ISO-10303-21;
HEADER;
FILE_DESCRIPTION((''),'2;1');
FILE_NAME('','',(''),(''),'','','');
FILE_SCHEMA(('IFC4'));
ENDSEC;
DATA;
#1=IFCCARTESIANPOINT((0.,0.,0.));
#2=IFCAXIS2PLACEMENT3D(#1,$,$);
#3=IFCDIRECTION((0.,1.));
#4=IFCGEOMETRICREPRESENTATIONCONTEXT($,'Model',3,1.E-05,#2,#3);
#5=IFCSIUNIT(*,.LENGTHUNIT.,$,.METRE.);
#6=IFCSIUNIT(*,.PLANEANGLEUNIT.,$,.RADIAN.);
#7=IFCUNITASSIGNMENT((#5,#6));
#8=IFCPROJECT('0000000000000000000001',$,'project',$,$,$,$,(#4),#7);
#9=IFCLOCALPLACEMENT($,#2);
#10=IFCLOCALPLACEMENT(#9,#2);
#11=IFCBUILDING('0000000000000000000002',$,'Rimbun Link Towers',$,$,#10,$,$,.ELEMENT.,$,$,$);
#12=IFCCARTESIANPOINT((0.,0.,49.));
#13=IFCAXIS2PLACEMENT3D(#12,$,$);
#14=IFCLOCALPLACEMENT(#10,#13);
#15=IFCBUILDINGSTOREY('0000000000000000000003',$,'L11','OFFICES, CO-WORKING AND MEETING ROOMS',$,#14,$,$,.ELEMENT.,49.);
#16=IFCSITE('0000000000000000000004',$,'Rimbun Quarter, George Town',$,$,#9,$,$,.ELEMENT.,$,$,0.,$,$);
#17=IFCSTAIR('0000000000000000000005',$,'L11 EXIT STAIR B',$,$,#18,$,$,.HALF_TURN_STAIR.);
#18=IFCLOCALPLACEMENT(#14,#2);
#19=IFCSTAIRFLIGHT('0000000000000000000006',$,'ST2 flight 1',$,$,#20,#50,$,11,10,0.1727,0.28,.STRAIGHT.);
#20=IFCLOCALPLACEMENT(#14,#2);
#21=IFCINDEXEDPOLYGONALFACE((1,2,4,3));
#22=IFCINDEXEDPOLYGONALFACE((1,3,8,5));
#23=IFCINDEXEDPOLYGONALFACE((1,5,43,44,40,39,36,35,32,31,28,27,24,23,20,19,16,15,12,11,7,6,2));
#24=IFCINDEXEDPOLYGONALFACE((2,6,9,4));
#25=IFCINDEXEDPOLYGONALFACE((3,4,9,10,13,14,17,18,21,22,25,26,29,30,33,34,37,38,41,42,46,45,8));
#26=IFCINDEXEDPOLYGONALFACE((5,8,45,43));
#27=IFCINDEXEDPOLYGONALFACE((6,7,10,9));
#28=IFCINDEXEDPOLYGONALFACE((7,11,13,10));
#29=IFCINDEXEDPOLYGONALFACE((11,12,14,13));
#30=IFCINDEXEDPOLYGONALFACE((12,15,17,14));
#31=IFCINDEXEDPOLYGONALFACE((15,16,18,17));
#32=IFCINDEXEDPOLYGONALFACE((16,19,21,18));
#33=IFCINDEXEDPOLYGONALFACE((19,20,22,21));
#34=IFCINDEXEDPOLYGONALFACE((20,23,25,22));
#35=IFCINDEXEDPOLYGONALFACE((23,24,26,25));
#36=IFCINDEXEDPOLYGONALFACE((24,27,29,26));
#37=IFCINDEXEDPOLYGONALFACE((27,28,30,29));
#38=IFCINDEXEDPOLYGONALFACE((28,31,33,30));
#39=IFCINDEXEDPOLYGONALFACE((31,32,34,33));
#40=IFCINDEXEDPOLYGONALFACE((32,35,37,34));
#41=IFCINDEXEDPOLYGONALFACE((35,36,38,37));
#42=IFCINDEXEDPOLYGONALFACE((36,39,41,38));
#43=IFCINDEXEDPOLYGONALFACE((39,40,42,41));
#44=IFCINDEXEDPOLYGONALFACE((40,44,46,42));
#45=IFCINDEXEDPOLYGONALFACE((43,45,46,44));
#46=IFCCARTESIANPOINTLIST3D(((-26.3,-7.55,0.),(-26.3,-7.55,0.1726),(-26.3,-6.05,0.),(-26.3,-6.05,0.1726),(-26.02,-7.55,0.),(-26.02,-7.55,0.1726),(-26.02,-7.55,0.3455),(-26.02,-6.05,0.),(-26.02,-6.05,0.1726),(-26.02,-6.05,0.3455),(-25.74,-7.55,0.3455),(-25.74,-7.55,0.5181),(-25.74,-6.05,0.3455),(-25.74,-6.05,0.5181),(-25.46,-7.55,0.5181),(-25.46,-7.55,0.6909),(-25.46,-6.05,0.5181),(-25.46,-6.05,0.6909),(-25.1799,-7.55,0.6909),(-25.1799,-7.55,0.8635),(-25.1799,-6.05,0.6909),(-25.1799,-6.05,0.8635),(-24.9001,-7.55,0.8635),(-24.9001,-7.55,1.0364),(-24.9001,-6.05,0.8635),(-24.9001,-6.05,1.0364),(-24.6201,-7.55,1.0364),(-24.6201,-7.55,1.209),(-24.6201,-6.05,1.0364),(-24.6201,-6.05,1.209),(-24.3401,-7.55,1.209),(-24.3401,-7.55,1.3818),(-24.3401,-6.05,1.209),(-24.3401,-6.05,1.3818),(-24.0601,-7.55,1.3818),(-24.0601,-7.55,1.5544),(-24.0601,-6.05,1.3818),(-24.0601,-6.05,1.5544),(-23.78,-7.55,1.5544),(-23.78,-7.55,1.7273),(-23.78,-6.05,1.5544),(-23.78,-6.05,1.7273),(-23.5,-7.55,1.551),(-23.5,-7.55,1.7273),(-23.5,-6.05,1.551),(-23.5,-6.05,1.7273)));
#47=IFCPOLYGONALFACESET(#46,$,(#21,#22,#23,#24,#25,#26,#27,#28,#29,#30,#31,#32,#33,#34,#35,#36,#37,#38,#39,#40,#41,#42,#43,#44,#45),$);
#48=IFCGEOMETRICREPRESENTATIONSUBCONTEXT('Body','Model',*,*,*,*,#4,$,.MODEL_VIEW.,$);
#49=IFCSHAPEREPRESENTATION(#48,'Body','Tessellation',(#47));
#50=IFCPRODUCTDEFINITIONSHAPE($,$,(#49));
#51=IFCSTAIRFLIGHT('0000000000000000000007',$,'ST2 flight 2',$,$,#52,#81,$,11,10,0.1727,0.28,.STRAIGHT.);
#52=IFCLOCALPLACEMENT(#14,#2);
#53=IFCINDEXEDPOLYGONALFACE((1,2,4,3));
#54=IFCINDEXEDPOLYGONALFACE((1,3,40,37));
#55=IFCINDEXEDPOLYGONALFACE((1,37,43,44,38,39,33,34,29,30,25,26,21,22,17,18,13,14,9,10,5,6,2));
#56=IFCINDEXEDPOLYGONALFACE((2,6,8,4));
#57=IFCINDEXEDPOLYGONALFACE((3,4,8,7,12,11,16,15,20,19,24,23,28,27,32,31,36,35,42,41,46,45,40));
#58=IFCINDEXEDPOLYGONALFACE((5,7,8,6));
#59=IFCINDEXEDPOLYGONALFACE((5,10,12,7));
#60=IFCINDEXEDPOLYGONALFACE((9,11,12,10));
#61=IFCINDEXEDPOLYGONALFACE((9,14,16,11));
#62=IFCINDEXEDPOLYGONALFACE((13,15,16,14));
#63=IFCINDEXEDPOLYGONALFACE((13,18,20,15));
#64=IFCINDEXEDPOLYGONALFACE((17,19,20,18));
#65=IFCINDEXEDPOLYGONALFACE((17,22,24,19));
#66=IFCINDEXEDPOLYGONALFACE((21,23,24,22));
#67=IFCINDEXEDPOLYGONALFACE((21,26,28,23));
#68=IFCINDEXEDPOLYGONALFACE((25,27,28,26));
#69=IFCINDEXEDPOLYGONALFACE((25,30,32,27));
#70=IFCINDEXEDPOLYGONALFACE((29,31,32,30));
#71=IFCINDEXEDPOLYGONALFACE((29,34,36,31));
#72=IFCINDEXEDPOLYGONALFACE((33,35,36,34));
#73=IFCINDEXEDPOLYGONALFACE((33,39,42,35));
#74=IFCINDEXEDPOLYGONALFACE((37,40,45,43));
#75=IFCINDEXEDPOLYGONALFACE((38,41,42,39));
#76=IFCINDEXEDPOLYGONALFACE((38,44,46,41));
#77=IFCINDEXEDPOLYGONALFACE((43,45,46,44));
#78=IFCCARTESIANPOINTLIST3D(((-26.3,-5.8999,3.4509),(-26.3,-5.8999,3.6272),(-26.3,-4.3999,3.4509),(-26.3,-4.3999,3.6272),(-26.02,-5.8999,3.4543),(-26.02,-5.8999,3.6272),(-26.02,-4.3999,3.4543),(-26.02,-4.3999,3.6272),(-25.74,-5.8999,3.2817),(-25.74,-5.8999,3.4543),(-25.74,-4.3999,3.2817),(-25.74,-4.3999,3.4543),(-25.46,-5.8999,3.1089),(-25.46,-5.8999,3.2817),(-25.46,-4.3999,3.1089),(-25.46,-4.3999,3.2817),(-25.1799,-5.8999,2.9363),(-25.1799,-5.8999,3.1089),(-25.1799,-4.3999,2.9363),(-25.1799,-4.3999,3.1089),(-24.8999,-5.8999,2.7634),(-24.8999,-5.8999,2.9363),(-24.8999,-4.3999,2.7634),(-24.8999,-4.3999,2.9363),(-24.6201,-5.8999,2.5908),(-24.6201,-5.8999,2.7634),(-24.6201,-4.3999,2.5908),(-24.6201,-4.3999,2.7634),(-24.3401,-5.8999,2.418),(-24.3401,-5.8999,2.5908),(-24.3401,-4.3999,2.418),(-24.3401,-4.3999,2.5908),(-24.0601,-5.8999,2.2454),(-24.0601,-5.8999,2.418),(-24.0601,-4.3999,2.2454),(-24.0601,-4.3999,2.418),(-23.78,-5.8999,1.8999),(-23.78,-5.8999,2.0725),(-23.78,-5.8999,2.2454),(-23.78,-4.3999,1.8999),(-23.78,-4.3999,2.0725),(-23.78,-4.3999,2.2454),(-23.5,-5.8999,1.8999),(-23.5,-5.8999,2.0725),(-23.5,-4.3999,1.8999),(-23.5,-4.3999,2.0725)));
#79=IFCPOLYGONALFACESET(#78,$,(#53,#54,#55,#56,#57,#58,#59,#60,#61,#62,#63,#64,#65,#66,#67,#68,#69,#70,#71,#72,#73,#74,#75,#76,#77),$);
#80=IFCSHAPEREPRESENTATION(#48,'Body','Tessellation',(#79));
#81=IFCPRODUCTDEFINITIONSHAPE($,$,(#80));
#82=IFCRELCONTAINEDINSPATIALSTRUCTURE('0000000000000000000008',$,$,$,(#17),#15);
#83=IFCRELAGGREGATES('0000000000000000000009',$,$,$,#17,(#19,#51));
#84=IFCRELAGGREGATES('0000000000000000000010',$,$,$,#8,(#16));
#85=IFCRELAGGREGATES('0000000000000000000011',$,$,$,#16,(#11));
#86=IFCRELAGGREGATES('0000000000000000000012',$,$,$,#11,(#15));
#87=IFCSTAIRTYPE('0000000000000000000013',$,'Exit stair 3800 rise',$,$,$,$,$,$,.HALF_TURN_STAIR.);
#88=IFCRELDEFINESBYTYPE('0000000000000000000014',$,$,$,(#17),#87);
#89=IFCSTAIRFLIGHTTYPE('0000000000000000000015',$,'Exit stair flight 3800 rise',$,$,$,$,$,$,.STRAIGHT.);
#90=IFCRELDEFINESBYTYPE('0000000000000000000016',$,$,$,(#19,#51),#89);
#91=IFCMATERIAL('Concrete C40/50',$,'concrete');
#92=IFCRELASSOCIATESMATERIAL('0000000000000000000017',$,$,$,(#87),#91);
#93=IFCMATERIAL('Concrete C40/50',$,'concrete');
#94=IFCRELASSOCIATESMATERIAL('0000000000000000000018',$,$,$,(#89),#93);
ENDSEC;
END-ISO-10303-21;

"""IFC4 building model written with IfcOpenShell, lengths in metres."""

from ifc_helpers import new_model, si_unit, direction, frame, origin, place, context, subcontext, project, spatial, polyline, outline, extrude, material, type_object, element, aggregate, save


model = new_model("IFC4")

# Units and contexts
model_context = context("Model", 3, precision=1e-05, world=origin(), true_north=direction((0.0, 1.0)))
body_context = subcontext(model_context, "Body", "Model", "MODEL_VIEW")
ifc_project = project(units=[si_unit("LENGTHUNIT", "METRE"), si_unit("PLANEANGLEUNIT", "RADIAN")], contexts=[model_context])

# Site, building, storey
site_placement = place(None, origin())
site = spatial("IfcSite", under=ifc_project, at=site_placement, Name="Rimbun Quarter, George Town", CompositionType="ELEMENT", RefElevation=0.0)
building_placement = place(site_placement, origin())
building = spatial("IfcBuilding", under=site, at=building_placement, Name="Rimbun Link Towers", CompositionType="ELEMENT")
storey_placement = place(building_placement, frame((0.0, 0.0, 49.0)))
storey = spatial("IfcBuildingStorey", under=building, at=storey_placement, Name="L11", Description="OFFICES, CO-WORKING AND MEETING ROOMS", CompositionType="ELEMENT", Elevation=49.0)

# Stair, stair flights
ifc_material_1 = material(Name="Concrete C40/50", Category="concrete")
stair_type = type_object("IfcStairType", Name="Exit stair 3800 rise", PredefinedType="HALF_TURN_STAIR", material=ifc_material_1)
stair_placement = place(storey_placement, origin())
stair = element("IfcStair", 1, at=stair_placement, inside=storey, type_object=stair_type, Name="L11 EXIT STAIR B", PredefinedType="HALF_TURN_STAIR")
ifc_material_2 = material(Name="Concrete C40/50", Category="concrete")
stair_flight_type = type_object("IfcStairFlightType", Name="Exit stair flight 3800 rise", PredefinedType="STRAIGHT", material=ifc_material_2)
stair_flight_1_placement = place(storey_placement, frame((-26.3, -6.8, 0.0), z_axis=(0.0, 0.0, 1.0), x_axis=(1.0, 0.0, 0.0)))
stair_flight_1 = element("IfcStairFlight", 2, at=stair_flight_1_placement, type_object=stair_flight_type, Name="ST2 flight 1", NumberOfRisers=11, NumberOfTreads=10, PredefinedType="STRAIGHT", RiserHeight=0.1727, TreadLength=0.28, context=body_context, shape_type="SweptSolid", body=[
    extrude(outline(polyline([(0.0, 0.0), (0.0, 0.1726), (0.28, 0.1726), (0.28, 0.3455), (0.5601, 0.3455), (0.5601, 0.5181), (0.8401, 0.5181), (0.8401, 0.6909), (1.1201, 0.6909), (1.1201, 0.8635), (1.3999, 0.8635), (1.3999, 1.0364), (1.6799, 1.0364), (1.6799, 1.209), (1.96, 1.209), (1.96, 1.3818), (2.24, 1.3818), (2.24, 1.5544), (2.52, 1.5544), (2.52, 1.7273), (2.8, 1.7273), (2.8, 1.8999), (2.8, 1.551), (0.28, 0.0), (0.0, 0.0)])), frame((0.0, 0.75, 0.0), z_axis=(0.0, -1.0, 0.0), x_axis=(1.0, 0.0, 0.0)), (0.0, 0.0, 1.0), 1.5),
])
stair_flight_2_placement = place(storey_placement, frame((-23.5, -5.1499, 1.8999), z_axis=(0.0, 0.0, 1.0), x_axis=(-1.0, 0.0, 0.0)))
stair_flight_2 = element("IfcStairFlight", 3, at=stair_flight_2_placement, type_object=stair_flight_type, Name="ST2 flight 2", NumberOfRisers=11, NumberOfTreads=10, PredefinedType="STRAIGHT", RiserHeight=0.1727, TreadLength=0.28, context=body_context, shape_type="SweptSolid", body=[
    extrude(outline(polyline([(0.0, 0.0), (0.0, 0.1726), (0.28, 0.1726), (0.28, 0.3455), (0.5601, 0.3455), (0.5601, 0.5181), (0.8401, 0.5181), (0.8401, 0.6909), (1.1201, 0.6909), (1.1201, 0.8635), (1.3999, 0.8635), (1.3999, 1.0364), (1.6799, 1.0364), (1.6799, 1.209), (1.96, 1.209), (1.96, 1.3818), (2.24, 1.3818), (2.24, 1.5544), (2.52, 1.5544), (2.52, 1.7273), (2.8, 1.7273), (2.8, 1.8999), (2.8, 1.551), (0.28, 0.0), (0.0, 0.0)])), frame((0.0, 0.75, 0.0), z_axis=(0.0, -1.0, 0.0), x_axis=(1.0, 0.0, 0.0)), (0.0, 0.0, 1.0), 1.5),
])
aggregate(stair, [stair_flight_1, stair_flight_2])

save(model, "model.ifc")
